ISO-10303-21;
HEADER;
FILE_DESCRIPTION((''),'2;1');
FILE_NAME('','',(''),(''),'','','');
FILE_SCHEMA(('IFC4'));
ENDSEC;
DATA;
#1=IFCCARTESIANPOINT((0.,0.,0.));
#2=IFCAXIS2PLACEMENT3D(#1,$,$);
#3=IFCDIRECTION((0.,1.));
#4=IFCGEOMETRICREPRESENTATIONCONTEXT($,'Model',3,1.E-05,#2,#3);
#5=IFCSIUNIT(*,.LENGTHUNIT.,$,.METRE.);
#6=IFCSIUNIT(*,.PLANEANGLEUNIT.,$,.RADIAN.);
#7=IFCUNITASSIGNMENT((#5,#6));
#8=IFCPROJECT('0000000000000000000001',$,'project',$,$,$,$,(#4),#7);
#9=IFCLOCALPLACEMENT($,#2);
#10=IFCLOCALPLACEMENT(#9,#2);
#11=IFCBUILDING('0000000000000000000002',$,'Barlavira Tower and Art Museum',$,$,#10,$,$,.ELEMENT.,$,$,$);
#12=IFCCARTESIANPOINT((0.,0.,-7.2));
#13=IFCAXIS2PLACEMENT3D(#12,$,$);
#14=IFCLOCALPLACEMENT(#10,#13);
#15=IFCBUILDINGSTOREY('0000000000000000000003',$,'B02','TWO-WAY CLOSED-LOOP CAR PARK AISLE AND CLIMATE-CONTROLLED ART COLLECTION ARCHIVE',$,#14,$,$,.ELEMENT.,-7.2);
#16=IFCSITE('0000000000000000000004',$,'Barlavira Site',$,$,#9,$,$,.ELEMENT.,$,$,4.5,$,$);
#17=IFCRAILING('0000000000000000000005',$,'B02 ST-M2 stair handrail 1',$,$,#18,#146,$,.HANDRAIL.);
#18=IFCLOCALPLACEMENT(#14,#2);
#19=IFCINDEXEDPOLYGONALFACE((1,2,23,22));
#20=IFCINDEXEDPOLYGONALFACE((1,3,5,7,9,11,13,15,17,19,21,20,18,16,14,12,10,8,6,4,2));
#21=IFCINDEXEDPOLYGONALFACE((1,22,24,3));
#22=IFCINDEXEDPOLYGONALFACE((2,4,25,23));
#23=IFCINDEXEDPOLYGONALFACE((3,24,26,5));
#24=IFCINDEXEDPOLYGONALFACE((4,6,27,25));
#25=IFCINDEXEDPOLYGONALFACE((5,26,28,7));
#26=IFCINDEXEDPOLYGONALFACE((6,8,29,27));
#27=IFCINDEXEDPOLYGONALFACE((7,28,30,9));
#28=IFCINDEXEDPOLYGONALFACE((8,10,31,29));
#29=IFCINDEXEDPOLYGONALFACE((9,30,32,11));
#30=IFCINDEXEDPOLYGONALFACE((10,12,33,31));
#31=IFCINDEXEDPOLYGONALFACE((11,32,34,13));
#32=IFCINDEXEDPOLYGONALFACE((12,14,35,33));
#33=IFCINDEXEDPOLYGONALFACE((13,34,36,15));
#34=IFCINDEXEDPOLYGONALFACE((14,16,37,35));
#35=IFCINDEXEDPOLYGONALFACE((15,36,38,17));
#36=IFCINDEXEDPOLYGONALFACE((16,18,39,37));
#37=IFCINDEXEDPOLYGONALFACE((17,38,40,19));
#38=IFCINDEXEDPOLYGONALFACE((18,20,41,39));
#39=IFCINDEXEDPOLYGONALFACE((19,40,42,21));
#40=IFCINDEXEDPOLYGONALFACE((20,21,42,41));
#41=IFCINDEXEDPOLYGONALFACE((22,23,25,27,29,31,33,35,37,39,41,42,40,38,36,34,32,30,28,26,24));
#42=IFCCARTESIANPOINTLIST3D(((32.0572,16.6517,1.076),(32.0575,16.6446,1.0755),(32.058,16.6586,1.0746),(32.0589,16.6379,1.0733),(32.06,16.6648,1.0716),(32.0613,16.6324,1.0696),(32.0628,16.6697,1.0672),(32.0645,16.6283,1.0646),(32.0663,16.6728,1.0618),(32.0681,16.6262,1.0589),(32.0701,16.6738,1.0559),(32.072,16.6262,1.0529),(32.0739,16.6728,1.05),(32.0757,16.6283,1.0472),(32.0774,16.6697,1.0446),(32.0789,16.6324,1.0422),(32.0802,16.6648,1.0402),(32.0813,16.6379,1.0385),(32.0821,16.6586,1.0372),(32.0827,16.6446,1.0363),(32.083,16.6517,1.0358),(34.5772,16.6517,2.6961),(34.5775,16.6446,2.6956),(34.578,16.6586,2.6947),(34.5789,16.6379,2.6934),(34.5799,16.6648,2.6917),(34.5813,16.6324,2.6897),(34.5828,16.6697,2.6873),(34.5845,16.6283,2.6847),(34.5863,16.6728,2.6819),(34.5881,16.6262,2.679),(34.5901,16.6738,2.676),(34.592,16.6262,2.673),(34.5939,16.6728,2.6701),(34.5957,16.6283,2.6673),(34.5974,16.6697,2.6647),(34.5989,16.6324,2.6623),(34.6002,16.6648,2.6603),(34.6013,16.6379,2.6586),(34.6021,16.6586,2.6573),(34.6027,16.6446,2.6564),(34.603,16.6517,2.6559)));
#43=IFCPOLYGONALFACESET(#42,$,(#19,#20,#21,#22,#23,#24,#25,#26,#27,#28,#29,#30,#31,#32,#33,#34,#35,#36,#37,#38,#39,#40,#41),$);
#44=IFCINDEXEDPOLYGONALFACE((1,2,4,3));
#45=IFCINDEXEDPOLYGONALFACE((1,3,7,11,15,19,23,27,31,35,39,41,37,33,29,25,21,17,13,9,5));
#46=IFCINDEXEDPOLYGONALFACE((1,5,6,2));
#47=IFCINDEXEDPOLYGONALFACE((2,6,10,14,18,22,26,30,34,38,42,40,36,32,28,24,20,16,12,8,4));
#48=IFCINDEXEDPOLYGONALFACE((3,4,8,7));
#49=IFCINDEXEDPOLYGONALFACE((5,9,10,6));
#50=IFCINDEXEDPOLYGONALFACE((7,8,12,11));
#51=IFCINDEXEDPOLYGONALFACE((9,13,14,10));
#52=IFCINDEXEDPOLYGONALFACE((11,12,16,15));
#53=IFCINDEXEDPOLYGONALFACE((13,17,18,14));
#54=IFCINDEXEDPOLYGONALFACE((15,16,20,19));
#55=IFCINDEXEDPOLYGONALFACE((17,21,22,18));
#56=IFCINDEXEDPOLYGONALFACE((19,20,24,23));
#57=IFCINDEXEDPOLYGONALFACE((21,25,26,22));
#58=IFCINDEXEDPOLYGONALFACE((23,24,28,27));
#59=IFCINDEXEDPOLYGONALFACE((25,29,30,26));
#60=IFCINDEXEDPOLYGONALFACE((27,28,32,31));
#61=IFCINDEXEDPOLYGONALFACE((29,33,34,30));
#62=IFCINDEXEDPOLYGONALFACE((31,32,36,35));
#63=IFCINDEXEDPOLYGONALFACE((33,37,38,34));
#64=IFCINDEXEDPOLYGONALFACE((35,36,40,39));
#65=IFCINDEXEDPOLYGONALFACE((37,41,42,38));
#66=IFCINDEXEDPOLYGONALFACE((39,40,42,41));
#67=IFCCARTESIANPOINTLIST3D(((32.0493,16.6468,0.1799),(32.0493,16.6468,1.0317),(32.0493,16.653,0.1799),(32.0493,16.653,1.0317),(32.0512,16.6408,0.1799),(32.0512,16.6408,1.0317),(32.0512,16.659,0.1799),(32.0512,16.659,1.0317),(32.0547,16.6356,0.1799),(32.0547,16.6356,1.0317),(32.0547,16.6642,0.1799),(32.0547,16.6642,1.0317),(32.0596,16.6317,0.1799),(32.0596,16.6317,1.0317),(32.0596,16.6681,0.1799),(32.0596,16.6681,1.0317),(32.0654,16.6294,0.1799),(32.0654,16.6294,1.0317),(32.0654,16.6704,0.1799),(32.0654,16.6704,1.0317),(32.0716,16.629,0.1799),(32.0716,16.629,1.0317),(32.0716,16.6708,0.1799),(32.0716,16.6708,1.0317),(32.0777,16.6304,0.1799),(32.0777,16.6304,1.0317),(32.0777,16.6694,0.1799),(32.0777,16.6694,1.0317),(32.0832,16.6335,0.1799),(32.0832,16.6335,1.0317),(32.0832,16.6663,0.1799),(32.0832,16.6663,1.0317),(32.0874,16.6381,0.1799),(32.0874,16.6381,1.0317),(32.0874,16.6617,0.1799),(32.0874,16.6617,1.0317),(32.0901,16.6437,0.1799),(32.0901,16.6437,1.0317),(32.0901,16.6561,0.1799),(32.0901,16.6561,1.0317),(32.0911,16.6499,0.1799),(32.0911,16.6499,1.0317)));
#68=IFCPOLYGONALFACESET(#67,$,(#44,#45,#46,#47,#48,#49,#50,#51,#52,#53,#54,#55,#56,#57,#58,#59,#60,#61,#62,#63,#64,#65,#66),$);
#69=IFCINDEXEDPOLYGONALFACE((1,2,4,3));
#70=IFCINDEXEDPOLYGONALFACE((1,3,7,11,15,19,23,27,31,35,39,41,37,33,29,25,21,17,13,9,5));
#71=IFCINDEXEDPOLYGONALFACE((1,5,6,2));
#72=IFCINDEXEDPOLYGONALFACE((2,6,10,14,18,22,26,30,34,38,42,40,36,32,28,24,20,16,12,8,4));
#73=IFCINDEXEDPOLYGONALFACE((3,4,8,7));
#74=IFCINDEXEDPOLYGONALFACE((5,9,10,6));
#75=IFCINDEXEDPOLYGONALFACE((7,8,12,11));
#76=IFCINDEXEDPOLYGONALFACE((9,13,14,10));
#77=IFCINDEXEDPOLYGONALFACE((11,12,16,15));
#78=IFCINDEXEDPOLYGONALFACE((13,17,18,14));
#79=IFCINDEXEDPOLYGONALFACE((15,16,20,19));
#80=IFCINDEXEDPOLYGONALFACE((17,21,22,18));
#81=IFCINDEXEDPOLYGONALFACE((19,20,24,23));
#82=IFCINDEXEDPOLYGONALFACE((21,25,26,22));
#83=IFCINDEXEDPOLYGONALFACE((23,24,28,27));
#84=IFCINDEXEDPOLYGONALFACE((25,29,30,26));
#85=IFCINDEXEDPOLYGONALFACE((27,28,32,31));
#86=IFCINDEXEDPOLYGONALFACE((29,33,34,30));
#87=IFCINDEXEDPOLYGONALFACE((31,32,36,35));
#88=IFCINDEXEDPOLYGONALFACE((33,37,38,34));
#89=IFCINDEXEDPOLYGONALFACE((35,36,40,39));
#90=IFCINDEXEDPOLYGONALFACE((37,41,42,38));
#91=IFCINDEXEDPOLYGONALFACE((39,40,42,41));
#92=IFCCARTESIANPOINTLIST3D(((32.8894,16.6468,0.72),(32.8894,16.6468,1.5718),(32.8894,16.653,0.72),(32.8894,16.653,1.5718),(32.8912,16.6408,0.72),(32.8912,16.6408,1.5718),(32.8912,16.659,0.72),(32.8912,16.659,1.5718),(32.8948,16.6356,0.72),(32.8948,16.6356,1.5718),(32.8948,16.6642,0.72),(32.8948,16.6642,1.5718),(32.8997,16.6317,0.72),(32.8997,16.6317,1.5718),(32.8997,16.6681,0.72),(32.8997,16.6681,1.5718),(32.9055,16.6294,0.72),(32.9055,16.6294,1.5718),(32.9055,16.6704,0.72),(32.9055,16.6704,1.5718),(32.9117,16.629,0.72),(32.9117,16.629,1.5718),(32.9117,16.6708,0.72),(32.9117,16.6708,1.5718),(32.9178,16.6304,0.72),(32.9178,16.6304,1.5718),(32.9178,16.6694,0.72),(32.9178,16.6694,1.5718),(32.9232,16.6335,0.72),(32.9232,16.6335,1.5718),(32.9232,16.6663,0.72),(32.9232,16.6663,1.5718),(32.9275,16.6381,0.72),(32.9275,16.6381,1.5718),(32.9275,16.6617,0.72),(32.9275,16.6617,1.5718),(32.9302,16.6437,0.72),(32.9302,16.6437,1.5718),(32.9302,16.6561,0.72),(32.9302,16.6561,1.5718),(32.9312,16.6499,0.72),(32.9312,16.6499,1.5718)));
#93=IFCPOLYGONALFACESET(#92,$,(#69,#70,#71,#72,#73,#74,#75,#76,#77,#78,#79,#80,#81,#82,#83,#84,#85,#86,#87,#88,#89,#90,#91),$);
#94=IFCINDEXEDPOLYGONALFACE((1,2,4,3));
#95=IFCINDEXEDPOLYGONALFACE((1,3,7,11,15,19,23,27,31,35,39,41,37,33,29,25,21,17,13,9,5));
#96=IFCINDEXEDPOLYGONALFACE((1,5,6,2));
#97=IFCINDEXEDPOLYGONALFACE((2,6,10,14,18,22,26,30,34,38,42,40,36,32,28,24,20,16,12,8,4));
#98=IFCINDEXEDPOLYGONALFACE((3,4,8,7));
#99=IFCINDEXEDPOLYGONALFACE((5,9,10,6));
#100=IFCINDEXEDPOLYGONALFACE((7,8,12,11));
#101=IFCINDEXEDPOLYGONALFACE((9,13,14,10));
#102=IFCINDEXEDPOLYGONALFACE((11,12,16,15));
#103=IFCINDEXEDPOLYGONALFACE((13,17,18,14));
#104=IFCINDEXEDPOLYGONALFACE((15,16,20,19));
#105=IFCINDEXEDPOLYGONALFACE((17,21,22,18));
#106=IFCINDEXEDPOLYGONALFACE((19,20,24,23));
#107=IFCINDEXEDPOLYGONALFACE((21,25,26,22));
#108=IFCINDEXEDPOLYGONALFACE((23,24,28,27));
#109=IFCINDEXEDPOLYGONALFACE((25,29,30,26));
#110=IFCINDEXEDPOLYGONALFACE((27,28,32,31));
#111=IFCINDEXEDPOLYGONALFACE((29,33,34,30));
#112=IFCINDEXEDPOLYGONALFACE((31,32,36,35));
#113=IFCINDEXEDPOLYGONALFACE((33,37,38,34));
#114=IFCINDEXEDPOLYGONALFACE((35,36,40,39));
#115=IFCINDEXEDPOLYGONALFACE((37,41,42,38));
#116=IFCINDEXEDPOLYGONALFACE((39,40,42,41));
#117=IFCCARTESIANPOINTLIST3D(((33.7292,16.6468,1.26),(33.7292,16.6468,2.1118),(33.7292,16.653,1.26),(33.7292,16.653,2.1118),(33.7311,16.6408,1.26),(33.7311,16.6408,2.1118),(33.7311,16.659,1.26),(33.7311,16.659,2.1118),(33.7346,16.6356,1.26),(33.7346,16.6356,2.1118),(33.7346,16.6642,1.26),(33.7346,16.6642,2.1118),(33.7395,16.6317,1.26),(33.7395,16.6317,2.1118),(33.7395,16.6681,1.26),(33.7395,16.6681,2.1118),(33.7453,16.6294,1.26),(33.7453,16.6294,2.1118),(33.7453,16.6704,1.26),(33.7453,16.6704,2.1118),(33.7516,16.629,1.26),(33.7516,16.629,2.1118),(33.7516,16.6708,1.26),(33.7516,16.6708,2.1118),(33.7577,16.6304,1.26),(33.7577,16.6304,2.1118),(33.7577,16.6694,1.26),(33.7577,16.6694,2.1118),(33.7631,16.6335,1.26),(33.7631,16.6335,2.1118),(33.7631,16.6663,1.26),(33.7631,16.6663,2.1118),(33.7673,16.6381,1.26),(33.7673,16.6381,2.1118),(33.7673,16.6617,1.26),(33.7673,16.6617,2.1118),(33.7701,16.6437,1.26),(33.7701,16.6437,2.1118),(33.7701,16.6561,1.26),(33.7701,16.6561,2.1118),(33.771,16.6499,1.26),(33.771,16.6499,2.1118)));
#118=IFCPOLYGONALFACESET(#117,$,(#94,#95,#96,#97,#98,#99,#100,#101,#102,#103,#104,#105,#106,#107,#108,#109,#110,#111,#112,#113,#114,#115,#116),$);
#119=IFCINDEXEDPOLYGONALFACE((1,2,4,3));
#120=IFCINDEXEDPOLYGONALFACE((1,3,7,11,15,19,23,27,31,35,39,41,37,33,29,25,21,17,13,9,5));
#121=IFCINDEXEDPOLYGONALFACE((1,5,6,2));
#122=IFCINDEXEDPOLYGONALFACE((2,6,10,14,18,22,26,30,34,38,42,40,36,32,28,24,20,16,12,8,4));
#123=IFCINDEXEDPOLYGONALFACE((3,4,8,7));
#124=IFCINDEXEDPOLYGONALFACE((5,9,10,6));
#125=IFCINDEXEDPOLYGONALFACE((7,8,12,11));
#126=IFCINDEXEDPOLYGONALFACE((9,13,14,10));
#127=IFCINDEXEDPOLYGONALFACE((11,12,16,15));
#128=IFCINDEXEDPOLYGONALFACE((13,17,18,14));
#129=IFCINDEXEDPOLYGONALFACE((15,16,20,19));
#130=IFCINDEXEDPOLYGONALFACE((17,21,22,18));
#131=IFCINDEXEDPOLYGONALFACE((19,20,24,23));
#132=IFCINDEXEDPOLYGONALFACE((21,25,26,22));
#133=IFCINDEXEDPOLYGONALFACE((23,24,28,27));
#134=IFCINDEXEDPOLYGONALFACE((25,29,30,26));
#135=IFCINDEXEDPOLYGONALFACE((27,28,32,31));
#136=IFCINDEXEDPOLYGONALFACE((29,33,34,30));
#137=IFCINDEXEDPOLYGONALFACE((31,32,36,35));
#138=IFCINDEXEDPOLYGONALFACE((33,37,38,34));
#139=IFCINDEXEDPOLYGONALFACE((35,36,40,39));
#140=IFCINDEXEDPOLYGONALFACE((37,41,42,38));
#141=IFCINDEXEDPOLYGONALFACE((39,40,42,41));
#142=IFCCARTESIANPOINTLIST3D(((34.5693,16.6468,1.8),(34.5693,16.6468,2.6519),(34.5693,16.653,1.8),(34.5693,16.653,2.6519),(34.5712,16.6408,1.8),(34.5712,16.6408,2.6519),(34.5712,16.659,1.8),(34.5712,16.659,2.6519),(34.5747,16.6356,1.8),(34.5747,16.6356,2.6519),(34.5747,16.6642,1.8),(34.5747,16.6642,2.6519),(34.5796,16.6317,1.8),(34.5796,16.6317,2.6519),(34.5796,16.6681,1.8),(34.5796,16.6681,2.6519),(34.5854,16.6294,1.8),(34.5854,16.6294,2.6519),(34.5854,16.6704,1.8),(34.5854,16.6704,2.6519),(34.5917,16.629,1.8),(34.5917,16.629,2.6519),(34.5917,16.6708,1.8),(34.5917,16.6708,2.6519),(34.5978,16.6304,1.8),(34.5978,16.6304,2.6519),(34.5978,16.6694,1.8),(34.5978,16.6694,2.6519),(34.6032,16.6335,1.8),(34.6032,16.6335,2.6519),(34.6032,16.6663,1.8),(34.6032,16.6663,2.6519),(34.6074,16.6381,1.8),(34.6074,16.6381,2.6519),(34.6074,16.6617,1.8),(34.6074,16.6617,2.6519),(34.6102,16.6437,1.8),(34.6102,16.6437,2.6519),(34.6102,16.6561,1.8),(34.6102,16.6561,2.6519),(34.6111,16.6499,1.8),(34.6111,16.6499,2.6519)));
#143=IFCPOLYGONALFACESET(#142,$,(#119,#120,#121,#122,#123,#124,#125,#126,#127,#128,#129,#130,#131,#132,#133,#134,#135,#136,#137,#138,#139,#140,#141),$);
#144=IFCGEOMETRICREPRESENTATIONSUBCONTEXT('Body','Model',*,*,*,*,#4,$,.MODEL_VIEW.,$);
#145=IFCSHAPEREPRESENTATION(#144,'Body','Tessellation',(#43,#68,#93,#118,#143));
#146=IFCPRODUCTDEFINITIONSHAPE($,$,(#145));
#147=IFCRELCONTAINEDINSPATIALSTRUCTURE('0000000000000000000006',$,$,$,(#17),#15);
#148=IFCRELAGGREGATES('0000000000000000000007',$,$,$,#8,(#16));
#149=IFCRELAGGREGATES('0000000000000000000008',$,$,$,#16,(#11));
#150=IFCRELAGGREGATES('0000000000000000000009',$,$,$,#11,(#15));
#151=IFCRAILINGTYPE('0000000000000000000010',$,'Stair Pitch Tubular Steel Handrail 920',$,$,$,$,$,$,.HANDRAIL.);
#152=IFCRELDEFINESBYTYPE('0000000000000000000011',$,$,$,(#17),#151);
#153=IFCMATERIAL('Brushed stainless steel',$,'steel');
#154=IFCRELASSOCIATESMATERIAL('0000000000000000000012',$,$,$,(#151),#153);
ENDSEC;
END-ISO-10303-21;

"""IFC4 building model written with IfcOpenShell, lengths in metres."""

from ifc_helpers import new_model, si_unit, direction, frame, origin, origin_2d, place, context, subcontext, project, spatial, circle, extrude, material, type_object, element, save


model = new_model("IFC4")

# Units and contexts
model_context = context("Model", 3, precision=1e-05, world=origin(), true_north=direction((0.0, 1.0)))
body_context = subcontext(model_context, "Body", "Model", "MODEL_VIEW")
ifc_project = project(units=[si_unit("LENGTHUNIT", "METRE"), si_unit("PLANEANGLEUNIT", "RADIAN")], contexts=[model_context])

# Site, building, storey
site_placement = place(None, origin())
site = spatial("IfcSite", under=ifc_project, at=site_placement, Name="Barlavira Site", CompositionType="ELEMENT", RefElevation=4.5)
building_placement = place(site_placement, origin())
building = spatial("IfcBuilding", under=site, at=building_placement, Name="Barlavira Tower and Art Museum", CompositionType="ELEMENT")
storey_placement = place(building_placement, frame((0.0, 0.0, -7.2)))
storey = spatial("IfcBuildingStorey", under=building, at=storey_placement, Name="B02", Description="TWO-WAY CLOSED-LOOP CAR PARK AISLE AND CLIMATE-CONTROLLED ART COLLECTION ARCHIVE", CompositionType="ELEMENT", Elevation=-7.2)

# Shared definitions
ifc_material_1 = material(Name="Brushed stainless steel", Category="steel")

# Railing
railing_type_1 = type_object("IfcRailingType", Name="Stair Pitch Tubular Steel Handrail 920", PredefinedType="HANDRAIL", material=ifc_material_1)
railing_1_placement = place(storey_placement, frame((32.0701, 16.6499, 0.1799)))
element("IfcRailing", 1, at=railing_1_placement, inside=storey, type_object=railing_type_1, Name="B02 ST-M2 stair handrail 1", PredefinedType="HANDRAIL", context=body_context, shape_type="SweptSolid", body=[
    extrude(circle(Radius=0.0239, at=origin_2d()), frame((0.0, 0.0, 0.876), z_axis=(0.841163, 0.0, 0.540782), x_axis=(0.0, 1.0, 0.0)), (0.0, 0.0, 1.0), 2.9958),
    extrude(circle(Radius=0.021, at=origin_2d()), origin(), (0.0, 0.0, 1.0), 0.8518),
    extrude(circle(Radius=0.021, at=origin_2d()), frame((0.8401, 0.0, 0.54)), (0.0, 0.0, 1.0), 0.8518),
    extrude(circle(Radius=0.021, at=origin_2d()), frame((1.6799, 0.0, 1.0801)), (0.0, 0.0, 1.0), 0.8518),
    extrude(circle(Radius=0.021, at=origin_2d()), frame((2.52, 0.0, 1.6201)), (0.0, 0.0, 1.0), 0.8518),
])

save(model, "model.ifc")
